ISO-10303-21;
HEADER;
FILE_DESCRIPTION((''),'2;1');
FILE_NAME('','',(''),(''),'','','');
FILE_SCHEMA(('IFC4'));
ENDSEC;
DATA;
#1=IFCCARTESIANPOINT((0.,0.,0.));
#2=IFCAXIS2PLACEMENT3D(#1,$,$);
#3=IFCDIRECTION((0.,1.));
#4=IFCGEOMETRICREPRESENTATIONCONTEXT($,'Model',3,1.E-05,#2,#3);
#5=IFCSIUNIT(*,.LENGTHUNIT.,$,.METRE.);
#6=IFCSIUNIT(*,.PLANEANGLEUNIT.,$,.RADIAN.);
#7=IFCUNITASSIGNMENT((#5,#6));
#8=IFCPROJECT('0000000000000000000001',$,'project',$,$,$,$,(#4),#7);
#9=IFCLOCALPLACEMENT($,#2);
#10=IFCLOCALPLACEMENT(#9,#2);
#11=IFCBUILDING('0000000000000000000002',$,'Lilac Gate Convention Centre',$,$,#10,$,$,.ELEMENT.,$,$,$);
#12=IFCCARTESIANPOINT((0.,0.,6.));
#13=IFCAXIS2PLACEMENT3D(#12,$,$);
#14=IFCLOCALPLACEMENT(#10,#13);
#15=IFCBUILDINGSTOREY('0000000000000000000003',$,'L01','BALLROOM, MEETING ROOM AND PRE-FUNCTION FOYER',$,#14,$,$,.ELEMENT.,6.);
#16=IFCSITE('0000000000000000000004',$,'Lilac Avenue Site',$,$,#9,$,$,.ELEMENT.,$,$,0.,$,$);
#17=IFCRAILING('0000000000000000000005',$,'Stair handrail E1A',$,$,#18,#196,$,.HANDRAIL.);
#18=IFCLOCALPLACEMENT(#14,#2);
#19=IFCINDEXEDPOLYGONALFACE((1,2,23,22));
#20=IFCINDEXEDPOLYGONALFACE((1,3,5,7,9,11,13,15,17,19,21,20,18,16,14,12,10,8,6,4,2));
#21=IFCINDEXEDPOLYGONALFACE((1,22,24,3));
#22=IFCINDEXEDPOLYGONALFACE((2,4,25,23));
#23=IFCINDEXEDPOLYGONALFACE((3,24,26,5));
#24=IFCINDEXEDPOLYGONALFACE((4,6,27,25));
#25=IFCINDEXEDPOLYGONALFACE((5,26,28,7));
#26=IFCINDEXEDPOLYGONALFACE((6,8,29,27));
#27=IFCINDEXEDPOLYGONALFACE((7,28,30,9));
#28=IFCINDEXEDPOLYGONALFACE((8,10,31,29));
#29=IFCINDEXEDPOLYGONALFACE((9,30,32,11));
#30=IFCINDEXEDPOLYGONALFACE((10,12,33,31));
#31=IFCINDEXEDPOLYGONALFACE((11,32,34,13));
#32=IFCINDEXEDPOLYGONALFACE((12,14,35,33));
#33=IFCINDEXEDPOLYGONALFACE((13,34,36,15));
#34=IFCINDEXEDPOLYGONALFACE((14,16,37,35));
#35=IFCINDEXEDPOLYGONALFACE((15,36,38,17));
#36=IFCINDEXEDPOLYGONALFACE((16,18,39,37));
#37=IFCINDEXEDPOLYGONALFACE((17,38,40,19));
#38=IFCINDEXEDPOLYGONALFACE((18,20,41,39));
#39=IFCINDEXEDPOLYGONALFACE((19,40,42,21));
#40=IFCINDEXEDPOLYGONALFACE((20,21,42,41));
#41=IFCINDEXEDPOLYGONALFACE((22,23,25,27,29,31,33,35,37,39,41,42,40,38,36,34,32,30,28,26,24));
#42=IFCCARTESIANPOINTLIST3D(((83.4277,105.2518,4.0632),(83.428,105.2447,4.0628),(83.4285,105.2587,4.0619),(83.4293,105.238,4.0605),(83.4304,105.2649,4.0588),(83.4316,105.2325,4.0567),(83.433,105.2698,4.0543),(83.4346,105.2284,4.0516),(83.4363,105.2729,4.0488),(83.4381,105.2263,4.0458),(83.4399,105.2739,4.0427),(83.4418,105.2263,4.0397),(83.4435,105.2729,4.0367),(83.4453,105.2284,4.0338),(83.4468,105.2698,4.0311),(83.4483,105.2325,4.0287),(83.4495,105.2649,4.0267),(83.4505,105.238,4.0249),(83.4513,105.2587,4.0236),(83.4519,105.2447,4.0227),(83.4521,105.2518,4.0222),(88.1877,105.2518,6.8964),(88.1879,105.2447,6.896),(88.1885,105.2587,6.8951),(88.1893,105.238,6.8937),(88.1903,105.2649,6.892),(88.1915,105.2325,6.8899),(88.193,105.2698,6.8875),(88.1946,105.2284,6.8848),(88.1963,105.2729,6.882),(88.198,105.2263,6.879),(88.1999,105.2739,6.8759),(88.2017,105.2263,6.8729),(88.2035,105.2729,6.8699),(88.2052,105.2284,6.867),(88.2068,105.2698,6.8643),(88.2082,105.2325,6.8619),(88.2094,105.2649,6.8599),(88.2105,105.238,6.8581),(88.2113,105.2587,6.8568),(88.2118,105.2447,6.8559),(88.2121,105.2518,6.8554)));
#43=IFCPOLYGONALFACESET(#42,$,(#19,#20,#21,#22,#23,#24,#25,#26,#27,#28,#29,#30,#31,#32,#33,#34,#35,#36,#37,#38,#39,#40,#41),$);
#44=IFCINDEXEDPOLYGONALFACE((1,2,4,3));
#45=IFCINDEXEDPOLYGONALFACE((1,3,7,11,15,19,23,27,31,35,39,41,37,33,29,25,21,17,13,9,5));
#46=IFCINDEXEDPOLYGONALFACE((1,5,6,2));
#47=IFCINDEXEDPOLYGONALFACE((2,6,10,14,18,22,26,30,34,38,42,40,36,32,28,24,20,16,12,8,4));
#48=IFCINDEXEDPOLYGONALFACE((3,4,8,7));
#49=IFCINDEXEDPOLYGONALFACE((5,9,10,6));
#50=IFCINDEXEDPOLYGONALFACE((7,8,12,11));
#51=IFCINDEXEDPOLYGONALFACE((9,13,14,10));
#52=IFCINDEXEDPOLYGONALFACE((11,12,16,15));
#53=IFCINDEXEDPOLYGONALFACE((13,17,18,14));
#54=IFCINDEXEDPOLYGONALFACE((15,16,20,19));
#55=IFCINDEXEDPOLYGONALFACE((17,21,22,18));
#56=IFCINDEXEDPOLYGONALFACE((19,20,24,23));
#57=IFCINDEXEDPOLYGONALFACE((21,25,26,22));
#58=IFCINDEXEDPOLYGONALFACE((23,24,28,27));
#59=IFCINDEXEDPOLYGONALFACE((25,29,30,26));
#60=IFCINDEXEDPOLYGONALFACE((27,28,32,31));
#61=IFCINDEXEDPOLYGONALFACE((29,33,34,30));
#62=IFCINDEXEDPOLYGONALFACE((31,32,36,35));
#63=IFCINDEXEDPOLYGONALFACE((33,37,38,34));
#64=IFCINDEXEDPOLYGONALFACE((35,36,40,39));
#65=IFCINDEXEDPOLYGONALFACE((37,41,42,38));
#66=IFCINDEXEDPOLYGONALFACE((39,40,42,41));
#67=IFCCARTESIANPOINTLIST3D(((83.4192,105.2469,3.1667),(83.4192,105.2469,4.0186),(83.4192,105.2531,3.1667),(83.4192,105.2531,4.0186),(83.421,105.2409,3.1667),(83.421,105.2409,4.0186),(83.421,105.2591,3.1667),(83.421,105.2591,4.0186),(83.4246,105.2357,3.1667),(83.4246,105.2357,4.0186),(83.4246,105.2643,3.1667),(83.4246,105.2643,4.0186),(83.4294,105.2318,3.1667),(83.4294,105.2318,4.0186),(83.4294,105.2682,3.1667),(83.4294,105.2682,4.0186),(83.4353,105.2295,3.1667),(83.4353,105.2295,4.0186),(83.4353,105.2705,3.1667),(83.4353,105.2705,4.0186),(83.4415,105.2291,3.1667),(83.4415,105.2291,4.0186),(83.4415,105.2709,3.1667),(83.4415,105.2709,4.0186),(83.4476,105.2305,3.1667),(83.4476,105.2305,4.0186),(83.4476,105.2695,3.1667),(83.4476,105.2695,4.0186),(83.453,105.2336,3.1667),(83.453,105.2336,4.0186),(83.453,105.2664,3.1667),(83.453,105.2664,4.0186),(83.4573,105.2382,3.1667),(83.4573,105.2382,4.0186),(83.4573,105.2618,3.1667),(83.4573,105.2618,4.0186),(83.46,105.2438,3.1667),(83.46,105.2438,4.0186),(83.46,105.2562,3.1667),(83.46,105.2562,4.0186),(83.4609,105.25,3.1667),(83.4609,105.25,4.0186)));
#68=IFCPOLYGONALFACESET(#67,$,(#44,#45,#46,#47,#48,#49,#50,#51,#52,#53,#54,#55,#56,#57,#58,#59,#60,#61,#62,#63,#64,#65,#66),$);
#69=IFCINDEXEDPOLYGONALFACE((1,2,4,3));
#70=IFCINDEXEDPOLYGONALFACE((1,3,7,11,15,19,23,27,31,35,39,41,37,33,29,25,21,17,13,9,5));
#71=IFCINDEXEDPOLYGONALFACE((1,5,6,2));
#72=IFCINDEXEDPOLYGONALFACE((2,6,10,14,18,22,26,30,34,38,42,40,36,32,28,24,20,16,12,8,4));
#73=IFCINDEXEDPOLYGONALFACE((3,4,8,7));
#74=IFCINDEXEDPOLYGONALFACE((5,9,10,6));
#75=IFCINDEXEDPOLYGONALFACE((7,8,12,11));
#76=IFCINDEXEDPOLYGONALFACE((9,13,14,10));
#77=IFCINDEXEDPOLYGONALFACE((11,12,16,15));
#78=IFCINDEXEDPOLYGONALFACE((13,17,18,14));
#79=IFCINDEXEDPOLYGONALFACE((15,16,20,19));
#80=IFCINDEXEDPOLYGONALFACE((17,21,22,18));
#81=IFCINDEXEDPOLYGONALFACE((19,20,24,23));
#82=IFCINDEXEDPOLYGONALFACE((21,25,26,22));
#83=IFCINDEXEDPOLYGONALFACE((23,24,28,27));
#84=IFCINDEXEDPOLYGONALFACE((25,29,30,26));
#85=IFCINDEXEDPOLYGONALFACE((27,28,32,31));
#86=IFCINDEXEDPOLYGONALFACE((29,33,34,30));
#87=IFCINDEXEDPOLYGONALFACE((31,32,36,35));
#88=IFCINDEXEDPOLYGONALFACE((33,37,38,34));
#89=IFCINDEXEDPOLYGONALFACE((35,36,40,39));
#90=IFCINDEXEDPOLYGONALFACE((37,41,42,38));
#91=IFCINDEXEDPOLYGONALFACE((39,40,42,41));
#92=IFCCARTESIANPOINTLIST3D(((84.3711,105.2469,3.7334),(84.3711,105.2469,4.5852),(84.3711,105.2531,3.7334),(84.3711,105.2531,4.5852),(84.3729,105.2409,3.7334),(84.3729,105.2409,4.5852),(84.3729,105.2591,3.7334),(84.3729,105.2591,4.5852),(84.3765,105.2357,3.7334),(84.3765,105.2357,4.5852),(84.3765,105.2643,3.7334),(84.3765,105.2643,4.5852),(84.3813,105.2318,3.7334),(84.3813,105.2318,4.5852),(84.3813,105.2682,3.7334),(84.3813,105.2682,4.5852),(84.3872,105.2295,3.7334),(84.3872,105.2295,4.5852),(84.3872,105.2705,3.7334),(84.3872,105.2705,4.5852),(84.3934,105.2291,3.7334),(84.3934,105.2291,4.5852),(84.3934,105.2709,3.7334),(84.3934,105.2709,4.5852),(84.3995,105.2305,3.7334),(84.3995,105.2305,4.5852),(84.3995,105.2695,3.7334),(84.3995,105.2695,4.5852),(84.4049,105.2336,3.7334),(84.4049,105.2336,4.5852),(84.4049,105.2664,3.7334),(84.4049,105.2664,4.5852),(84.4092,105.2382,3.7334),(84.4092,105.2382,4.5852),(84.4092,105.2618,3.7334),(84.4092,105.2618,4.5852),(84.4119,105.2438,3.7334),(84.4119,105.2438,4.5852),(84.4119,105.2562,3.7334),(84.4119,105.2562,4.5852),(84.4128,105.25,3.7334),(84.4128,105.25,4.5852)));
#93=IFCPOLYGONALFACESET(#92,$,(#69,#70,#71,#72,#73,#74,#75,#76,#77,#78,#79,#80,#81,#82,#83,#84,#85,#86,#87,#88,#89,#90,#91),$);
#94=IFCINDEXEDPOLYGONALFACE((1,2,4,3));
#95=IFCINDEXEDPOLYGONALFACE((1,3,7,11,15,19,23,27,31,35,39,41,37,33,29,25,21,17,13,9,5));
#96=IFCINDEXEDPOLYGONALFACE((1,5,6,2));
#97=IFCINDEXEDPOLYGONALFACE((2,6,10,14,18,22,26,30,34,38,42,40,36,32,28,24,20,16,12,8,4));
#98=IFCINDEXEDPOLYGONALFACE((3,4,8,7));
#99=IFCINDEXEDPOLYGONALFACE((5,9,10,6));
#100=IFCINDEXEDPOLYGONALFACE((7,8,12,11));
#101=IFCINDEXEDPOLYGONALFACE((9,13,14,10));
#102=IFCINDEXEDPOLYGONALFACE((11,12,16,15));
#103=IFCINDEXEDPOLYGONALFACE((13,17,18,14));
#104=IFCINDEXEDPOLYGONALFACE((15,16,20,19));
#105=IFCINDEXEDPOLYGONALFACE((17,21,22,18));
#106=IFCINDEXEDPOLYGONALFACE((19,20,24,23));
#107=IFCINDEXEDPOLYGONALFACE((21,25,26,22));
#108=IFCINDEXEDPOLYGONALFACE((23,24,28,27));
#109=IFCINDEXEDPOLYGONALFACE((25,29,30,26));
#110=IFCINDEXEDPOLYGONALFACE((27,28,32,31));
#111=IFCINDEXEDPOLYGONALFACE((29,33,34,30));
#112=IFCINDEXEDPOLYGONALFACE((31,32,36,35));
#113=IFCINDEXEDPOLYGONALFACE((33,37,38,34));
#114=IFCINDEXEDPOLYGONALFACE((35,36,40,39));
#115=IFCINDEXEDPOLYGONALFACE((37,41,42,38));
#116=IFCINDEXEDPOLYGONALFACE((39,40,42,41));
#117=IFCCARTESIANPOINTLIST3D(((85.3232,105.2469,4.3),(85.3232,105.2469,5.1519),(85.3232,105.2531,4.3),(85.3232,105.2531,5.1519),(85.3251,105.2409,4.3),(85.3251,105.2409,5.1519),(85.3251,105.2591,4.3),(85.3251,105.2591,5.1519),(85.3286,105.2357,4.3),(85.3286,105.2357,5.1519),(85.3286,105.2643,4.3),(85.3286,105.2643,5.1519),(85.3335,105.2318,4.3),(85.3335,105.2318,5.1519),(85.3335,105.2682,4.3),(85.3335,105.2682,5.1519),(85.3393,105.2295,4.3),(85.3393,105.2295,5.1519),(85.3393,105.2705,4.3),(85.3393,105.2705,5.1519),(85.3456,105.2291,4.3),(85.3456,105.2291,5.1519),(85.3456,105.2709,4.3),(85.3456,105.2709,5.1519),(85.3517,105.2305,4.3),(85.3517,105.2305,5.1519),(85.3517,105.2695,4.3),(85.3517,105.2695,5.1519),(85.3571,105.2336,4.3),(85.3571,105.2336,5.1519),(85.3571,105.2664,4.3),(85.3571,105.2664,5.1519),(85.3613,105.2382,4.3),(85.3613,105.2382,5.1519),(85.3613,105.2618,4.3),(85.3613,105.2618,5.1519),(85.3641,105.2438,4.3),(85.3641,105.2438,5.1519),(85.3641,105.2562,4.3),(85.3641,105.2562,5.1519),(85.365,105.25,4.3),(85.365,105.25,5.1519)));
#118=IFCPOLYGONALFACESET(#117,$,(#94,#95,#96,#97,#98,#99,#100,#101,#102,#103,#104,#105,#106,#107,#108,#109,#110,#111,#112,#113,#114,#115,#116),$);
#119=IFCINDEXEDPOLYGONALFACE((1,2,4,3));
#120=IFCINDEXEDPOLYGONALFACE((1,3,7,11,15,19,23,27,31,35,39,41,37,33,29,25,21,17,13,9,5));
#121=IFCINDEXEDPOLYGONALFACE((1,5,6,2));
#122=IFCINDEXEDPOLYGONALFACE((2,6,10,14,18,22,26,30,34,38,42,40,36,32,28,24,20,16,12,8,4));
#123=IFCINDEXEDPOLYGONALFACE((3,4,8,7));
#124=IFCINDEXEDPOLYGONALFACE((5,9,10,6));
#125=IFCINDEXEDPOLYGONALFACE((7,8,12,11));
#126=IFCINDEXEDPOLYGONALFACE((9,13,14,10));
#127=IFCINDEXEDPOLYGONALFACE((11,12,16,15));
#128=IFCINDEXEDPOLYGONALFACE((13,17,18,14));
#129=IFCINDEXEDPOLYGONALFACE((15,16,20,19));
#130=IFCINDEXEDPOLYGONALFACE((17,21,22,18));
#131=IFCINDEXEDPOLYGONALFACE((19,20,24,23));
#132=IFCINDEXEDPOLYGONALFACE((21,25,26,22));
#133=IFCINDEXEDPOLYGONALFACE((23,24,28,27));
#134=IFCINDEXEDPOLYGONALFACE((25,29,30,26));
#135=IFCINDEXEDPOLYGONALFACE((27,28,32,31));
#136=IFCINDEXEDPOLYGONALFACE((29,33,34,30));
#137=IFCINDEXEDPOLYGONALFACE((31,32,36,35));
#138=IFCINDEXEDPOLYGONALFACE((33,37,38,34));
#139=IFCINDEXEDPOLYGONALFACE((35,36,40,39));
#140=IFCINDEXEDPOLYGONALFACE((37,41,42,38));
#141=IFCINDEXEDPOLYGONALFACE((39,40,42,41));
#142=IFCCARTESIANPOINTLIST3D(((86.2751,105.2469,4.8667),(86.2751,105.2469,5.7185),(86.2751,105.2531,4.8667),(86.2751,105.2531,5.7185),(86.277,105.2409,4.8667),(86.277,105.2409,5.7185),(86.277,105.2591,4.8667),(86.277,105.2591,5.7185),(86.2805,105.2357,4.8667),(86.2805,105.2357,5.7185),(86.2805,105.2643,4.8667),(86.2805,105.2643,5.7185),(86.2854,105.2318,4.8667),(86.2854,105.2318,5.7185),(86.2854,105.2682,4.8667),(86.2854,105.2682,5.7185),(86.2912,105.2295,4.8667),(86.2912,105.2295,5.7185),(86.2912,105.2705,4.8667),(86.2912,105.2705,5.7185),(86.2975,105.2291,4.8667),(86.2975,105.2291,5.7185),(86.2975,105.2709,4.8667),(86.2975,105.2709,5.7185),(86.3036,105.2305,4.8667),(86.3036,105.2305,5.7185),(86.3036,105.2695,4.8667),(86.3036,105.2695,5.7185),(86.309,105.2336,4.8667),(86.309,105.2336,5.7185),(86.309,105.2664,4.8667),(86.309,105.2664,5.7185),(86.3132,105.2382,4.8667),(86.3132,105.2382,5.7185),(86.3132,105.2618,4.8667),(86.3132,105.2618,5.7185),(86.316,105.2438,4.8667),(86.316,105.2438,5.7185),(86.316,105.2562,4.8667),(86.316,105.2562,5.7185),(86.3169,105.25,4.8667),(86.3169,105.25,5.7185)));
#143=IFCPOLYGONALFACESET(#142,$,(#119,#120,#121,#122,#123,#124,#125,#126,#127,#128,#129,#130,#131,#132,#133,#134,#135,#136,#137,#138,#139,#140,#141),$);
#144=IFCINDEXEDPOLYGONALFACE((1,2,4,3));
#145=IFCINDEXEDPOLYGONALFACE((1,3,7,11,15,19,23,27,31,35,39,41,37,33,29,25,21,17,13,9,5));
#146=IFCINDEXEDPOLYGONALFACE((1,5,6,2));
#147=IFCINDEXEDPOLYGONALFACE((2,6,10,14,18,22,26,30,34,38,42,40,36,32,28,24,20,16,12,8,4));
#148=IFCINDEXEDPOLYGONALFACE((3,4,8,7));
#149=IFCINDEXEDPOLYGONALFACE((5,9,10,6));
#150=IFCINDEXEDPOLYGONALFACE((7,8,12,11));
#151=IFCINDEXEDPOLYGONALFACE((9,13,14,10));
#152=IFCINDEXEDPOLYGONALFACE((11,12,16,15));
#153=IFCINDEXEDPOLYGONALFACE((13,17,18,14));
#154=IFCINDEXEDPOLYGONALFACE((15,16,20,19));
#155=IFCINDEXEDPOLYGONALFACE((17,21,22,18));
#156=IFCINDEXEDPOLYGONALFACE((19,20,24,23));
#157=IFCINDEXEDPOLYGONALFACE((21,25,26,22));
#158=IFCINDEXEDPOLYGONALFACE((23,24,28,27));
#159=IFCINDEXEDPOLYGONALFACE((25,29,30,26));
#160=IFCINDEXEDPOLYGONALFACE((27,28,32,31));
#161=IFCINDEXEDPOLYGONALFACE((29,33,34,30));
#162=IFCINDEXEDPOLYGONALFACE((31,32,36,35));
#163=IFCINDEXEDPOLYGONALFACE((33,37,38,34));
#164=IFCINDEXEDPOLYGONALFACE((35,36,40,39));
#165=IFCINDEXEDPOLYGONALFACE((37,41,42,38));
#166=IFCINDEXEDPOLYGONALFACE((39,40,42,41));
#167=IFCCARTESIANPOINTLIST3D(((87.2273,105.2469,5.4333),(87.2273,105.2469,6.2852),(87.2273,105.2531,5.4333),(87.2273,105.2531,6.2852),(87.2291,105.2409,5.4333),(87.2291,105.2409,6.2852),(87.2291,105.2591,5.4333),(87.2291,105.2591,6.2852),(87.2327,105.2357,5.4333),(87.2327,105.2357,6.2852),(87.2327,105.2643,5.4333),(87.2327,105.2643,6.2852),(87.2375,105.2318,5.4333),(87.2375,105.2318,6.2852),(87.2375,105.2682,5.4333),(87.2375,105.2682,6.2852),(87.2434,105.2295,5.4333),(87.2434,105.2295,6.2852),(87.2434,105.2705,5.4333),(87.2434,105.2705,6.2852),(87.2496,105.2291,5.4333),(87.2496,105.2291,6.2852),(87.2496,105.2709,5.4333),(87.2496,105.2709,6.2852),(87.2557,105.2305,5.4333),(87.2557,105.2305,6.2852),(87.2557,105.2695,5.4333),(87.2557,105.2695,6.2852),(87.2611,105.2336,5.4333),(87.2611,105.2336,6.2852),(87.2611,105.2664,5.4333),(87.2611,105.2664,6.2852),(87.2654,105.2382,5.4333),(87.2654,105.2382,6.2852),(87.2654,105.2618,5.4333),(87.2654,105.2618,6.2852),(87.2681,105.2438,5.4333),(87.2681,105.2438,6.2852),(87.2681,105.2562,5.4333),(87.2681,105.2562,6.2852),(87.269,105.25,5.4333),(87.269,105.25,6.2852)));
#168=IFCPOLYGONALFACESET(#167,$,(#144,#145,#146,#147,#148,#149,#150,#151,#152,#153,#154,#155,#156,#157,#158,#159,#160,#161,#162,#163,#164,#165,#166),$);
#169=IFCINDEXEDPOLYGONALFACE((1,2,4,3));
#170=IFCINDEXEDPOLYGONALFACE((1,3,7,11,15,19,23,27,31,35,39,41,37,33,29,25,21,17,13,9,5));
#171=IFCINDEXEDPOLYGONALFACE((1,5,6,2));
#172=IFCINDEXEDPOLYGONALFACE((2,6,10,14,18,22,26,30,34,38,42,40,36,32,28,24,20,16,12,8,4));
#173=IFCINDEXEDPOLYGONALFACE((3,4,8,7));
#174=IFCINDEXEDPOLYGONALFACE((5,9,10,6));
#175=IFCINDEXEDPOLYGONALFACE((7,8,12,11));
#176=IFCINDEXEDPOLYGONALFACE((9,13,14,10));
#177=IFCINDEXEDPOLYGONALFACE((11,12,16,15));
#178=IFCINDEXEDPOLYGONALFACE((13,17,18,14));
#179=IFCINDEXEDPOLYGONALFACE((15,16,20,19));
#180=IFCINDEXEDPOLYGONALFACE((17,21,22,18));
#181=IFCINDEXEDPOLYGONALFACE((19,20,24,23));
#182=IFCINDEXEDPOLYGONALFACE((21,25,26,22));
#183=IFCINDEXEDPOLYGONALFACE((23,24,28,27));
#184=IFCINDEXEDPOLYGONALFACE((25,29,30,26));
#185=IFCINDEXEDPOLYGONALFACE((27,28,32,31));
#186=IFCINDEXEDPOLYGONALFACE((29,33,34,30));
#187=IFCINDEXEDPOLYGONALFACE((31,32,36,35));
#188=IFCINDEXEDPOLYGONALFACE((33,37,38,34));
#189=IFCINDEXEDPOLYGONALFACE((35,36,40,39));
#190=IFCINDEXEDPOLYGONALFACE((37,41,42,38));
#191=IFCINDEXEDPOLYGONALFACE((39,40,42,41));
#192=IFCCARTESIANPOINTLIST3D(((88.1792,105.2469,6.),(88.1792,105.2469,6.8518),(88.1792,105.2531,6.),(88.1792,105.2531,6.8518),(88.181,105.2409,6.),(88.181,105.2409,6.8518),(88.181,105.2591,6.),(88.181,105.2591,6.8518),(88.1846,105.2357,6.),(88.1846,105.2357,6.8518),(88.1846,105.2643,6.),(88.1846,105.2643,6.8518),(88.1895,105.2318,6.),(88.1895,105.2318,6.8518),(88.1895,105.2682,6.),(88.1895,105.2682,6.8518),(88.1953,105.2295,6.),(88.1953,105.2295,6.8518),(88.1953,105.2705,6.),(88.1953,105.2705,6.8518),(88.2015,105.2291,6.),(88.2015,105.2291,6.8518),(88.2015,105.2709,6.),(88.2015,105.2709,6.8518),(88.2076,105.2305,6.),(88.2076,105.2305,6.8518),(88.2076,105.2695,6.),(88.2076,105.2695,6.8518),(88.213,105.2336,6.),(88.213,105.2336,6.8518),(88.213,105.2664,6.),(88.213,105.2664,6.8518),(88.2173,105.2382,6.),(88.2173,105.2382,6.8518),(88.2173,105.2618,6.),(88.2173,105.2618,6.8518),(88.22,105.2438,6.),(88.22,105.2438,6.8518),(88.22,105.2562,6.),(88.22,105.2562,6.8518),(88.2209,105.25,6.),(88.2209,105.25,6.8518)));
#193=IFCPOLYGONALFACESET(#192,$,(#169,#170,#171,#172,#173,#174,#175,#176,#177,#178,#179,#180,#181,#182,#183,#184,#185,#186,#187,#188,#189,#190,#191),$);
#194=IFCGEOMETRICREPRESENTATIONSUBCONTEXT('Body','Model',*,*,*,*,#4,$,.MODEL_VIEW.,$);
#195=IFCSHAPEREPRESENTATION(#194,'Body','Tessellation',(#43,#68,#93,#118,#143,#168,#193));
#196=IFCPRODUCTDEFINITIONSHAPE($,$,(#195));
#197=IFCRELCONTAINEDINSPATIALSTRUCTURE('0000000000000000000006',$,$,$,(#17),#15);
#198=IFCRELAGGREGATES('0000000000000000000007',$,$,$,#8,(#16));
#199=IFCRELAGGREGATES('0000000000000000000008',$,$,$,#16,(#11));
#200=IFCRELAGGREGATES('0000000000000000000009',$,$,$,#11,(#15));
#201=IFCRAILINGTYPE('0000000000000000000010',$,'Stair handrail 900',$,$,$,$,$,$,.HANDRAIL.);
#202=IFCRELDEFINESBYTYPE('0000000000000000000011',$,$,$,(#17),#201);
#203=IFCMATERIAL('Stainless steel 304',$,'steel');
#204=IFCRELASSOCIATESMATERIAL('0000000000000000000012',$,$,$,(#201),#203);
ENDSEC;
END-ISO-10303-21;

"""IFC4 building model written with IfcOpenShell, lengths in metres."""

from ifc_helpers import new_model, si_unit, direction, frame, origin, origin_2d, place, context, subcontext, project, spatial, circle, extrude, material, type_object, element, save


model = new_model("IFC4")

# Units and contexts
model_context = context("Model", 3, precision=1e-05, world=origin(), true_north=direction((0.0, 1.0)))
body_context = subcontext(model_context, "Body", "Model", "MODEL_VIEW")
ifc_project = project(units=[si_unit("LENGTHUNIT", "METRE"), si_unit("PLANEANGLEUNIT", "RADIAN")], contexts=[model_context])

# Site, building, storey
site_placement = place(None, origin())
site = spatial("IfcSite", under=ifc_project, at=site_placement, Name="Lilac Avenue Site", CompositionType="ELEMENT", RefElevation=0.0)
building_placement = place(site_placement, origin())
building = spatial("IfcBuilding", under=site, at=building_placement, Name="Lilac Gate Convention Centre", CompositionType="ELEMENT")
storey_placement = place(building_placement, frame((0.0, 0.0, 6.0)))
storey = spatial("IfcBuildingStorey", under=building, at=storey_placement, Name="L01", Description="BALLROOM, MEETING ROOM AND PRE-FUNCTION FOYER", CompositionType="ELEMENT", Elevation=6.0)

# Shared definitions
ifc_material_1 = material(Name="Stainless steel 304", Category="steel")

# Railing
railing_type = type_object("IfcRailingType", Name="Stair handrail 900", PredefinedType="HANDRAIL", material=ifc_material_1)
for number, where, name in (
    (1, (83.4399, 105.25, 3.1667), "Stair handrail E1A"),
):
    element("IfcRailing", number, at=place(storey_placement, frame(where)), inside=storey, type_object=railing_type, Name=name, PredefinedType="HANDRAIL", context=body_context, shape_type="SweptSolid", body=[
        extrude(circle(Radius=0.0239, at=origin_2d()), frame((0.0, 0.0, 0.876), z_axis=(0.8593, 0.0, 0.511472), x_axis=(0.0, 1.0, 0.0)), (0.0, 0.0, 1.0), 5.5393),
        extrude(circle(Radius=0.021, at=origin_2d()), origin(), (0.0, 0.0, 1.0), 0.8518),
        extrude(circle(Radius=0.021, at=origin_2d()), frame((0.9519, 0.0, 0.5667)), (0.0, 0.0, 1.0), 0.8518),
        extrude(circle(Radius=0.021, at=origin_2d()), frame((1.9041, 0.0, 1.1333)), (0.0, 0.0, 1.0), 0.8518),
        extrude(circle(Radius=0.021, at=origin_2d()), frame((2.856, 0.0, 1.7)), (0.0, 0.0, 1.0), 0.8518),
        extrude(circle(Radius=0.021, at=origin_2d()), frame((3.8081, 0.0, 2.2666)), (0.0, 0.0, 1.0), 0.8518),
        extrude(circle(Radius=0.021, at=origin_2d()), frame((4.76, 0.0, 2.8333)), (0.0, 0.0, 1.0), 0.8518),
    ])

save(model, "model.ifc")
